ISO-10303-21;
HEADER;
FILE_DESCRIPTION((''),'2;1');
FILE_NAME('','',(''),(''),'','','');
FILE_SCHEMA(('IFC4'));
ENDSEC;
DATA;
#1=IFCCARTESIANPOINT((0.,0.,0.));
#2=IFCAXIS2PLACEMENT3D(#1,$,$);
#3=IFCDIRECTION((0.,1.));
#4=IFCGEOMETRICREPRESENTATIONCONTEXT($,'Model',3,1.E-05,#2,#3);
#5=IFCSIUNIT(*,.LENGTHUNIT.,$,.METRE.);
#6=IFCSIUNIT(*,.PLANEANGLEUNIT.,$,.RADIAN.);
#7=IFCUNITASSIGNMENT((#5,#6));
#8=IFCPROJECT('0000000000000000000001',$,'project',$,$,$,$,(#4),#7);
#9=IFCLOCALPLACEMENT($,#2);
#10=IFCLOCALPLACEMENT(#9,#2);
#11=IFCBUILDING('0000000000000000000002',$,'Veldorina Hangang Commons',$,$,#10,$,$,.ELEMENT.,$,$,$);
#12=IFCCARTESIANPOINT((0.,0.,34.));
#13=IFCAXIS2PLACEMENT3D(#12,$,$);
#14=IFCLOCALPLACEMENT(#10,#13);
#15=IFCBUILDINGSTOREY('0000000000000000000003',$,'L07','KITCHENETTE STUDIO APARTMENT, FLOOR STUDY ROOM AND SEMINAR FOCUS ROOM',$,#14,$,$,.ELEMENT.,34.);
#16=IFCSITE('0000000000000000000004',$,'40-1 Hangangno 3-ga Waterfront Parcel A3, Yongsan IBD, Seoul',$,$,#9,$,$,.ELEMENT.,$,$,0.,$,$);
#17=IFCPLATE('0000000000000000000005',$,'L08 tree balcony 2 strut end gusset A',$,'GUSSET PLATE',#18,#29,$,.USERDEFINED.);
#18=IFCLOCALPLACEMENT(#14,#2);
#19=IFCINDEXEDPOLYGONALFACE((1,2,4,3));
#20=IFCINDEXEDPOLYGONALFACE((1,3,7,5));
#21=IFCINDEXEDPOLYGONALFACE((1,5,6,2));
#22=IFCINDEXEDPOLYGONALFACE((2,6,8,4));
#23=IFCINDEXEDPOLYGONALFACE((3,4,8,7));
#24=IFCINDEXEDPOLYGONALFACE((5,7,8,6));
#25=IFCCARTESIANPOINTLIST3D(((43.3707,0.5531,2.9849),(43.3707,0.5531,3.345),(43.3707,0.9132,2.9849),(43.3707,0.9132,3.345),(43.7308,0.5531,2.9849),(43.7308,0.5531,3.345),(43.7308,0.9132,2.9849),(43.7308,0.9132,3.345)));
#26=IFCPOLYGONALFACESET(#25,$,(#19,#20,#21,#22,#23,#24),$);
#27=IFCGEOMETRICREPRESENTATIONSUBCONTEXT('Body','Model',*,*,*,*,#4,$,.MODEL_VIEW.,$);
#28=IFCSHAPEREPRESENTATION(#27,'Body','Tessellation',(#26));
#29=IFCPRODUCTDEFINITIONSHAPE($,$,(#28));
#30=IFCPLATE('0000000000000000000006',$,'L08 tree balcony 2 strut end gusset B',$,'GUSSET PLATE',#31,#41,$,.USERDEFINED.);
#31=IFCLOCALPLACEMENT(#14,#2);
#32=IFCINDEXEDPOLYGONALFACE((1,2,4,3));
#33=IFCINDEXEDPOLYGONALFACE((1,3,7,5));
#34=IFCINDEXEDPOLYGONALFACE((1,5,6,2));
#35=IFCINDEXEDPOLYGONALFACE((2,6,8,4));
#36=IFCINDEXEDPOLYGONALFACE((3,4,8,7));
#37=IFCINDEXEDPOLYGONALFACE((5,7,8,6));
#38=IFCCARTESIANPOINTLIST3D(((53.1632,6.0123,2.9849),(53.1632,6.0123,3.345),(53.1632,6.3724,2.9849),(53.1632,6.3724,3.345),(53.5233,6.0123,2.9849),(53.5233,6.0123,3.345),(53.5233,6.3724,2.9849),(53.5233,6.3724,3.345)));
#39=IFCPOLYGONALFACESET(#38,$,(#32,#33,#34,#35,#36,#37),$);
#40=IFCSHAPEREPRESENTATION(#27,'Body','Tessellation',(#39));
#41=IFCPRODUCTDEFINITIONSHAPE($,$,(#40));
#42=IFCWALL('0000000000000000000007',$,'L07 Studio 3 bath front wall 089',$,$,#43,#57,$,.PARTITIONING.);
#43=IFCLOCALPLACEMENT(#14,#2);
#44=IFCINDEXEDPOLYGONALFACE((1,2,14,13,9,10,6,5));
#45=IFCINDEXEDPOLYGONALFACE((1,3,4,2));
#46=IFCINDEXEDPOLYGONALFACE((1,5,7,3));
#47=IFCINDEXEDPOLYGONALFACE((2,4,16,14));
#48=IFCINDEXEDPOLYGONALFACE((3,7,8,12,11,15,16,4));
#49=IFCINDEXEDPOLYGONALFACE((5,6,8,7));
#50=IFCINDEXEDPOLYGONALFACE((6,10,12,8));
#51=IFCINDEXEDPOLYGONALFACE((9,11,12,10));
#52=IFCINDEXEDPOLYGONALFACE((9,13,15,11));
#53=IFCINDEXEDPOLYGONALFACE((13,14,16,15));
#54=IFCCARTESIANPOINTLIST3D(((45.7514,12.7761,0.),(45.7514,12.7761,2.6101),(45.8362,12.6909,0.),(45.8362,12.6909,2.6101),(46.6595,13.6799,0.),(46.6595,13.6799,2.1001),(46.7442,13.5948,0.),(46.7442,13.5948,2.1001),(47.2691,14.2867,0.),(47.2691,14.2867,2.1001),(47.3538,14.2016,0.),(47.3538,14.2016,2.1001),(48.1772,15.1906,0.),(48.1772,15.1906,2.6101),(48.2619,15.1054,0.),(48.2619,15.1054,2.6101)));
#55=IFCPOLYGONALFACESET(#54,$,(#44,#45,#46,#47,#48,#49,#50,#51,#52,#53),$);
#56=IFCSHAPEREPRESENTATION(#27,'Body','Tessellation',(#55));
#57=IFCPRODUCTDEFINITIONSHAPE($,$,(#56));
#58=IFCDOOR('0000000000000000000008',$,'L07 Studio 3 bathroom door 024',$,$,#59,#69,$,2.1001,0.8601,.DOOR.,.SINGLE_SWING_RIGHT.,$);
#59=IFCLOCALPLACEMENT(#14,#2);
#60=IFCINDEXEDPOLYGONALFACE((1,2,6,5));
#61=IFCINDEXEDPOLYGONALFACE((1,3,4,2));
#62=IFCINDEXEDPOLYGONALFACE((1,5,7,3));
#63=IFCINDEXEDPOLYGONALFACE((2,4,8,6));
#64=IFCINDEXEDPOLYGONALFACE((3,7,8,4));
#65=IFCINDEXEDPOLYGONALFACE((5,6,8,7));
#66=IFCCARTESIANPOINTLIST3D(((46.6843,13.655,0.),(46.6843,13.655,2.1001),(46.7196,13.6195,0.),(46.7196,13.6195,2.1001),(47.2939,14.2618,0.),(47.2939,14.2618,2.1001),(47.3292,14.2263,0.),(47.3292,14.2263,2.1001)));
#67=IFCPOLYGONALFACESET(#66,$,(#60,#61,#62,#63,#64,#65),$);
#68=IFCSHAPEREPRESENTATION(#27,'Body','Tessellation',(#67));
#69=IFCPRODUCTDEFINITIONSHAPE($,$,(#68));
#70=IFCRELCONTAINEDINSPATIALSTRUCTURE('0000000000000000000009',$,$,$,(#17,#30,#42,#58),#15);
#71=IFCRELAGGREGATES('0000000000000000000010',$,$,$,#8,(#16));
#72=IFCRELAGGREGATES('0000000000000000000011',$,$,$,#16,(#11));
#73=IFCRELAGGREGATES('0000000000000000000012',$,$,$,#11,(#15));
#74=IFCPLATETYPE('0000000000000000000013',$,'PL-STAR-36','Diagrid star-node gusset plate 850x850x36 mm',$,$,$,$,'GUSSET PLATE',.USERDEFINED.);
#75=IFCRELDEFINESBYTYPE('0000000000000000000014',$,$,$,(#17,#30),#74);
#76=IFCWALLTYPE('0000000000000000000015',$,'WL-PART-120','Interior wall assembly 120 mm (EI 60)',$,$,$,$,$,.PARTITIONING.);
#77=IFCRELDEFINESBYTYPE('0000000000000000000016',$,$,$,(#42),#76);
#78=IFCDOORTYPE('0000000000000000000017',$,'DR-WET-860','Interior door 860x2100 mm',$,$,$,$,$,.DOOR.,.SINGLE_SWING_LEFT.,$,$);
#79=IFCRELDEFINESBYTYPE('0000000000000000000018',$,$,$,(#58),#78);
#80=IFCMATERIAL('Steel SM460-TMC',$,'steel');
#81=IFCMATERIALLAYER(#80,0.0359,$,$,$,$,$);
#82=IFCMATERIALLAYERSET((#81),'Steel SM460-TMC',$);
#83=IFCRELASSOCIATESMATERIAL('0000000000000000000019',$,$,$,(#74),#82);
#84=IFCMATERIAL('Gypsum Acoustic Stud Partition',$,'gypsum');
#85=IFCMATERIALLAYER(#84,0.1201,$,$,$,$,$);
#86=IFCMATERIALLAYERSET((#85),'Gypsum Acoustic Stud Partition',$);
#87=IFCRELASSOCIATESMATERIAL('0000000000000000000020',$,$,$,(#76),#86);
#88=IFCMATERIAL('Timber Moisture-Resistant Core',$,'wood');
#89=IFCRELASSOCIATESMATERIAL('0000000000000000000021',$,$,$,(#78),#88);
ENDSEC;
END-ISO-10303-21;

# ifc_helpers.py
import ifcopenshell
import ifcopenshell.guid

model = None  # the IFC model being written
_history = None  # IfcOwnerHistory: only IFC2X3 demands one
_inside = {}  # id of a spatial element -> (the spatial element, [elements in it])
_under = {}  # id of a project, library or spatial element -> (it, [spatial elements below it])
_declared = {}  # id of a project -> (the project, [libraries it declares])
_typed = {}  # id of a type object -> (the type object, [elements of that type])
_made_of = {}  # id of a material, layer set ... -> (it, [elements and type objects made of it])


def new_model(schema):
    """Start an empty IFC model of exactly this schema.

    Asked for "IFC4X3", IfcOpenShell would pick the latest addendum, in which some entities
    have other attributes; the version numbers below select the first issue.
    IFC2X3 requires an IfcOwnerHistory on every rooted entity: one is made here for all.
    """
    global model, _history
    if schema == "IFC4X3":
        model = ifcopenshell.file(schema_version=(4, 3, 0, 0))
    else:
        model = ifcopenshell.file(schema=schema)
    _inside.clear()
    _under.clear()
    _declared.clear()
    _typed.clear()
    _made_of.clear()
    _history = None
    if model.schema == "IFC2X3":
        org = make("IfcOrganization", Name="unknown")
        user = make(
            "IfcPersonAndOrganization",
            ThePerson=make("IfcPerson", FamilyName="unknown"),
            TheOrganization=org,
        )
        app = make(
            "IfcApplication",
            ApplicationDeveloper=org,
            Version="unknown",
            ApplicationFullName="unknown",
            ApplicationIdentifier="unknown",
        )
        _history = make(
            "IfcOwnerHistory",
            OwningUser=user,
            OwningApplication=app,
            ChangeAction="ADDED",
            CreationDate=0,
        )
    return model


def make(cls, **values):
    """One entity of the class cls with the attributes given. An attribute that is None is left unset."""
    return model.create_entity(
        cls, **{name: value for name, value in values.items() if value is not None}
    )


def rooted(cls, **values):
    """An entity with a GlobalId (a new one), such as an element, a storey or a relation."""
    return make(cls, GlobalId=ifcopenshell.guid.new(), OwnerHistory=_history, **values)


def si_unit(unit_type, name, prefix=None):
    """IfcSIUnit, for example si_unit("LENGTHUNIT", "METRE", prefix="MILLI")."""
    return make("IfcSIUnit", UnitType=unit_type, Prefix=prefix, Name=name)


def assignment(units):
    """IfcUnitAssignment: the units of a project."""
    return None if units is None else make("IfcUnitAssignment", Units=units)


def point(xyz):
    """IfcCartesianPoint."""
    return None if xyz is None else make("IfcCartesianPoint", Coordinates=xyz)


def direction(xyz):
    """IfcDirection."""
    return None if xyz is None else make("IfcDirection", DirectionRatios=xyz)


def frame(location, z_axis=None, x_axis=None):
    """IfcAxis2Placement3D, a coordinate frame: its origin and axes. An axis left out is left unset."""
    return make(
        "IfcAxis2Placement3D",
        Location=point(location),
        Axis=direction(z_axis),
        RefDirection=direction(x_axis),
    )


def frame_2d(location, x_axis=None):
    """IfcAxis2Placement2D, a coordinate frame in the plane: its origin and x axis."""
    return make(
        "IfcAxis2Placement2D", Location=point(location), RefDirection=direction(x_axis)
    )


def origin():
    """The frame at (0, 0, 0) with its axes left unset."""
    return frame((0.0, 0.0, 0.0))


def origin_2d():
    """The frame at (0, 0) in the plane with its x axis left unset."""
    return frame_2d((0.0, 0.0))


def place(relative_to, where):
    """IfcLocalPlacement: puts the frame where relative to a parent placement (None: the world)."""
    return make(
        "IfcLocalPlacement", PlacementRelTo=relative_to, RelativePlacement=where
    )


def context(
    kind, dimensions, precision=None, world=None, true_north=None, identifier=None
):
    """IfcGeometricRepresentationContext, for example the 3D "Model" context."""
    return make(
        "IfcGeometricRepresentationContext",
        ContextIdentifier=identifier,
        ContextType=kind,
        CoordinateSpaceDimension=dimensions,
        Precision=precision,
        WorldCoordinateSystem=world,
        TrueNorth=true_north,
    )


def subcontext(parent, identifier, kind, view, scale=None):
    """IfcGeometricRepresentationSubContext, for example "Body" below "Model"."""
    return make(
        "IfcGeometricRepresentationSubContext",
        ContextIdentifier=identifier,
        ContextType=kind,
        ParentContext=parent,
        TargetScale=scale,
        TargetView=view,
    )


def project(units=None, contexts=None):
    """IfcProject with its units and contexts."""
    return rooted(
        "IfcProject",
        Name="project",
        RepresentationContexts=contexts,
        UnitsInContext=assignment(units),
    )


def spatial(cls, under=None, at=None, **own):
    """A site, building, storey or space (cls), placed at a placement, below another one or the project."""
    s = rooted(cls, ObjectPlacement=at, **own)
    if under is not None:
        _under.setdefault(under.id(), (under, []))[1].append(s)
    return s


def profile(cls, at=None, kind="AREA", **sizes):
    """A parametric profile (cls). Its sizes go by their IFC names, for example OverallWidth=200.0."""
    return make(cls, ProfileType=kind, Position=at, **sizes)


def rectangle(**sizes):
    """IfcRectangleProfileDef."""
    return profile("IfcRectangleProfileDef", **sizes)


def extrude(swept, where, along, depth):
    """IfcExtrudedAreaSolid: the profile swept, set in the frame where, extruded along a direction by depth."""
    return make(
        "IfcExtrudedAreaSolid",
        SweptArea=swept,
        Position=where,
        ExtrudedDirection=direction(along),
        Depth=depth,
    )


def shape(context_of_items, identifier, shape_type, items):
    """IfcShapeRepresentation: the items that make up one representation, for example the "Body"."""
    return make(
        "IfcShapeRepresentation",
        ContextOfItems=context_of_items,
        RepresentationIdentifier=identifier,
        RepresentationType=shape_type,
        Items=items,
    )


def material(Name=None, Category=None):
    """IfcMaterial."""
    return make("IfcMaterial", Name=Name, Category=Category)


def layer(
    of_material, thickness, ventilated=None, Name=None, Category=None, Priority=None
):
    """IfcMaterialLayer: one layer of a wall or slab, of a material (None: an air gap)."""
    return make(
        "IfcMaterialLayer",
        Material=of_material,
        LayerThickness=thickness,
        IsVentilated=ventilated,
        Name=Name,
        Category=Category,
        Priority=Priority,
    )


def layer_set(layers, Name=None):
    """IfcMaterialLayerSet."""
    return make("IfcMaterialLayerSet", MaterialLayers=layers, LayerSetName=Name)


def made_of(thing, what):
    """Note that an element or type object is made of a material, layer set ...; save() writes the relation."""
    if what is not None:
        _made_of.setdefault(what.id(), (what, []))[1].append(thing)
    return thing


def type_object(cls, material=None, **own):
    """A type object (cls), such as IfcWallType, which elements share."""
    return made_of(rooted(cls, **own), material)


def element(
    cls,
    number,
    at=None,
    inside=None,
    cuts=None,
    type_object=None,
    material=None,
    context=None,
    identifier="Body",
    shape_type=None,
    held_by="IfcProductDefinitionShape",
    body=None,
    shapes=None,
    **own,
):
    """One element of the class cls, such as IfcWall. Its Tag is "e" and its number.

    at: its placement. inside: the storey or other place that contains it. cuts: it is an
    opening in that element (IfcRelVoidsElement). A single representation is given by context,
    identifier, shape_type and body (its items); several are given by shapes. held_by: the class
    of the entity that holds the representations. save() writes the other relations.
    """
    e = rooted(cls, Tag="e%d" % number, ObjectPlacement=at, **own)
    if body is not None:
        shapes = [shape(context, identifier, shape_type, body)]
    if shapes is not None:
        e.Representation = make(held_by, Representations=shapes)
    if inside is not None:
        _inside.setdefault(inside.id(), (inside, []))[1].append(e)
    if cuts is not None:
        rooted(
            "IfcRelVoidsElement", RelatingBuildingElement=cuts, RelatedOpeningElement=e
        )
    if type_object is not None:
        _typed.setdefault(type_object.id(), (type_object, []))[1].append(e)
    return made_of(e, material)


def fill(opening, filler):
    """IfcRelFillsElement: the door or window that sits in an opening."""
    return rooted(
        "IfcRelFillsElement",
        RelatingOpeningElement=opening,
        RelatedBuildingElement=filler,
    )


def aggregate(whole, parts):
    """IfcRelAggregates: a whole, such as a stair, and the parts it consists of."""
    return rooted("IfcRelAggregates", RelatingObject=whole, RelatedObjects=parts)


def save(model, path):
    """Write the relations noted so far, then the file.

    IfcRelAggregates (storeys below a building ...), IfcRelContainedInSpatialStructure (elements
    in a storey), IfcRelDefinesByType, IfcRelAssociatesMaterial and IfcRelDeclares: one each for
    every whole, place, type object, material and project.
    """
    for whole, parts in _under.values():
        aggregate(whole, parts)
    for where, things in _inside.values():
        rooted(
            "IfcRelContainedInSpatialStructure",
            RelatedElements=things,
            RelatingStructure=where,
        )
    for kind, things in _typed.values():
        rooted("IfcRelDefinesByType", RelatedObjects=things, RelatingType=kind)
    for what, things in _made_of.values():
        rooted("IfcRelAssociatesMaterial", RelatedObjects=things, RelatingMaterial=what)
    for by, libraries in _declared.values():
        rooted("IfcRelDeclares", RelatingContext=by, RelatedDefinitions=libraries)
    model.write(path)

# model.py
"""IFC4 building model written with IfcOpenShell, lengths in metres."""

from ifc_helpers import new_model, si_unit, direction, frame, frame_2d, origin, origin_2d, place, context, subcontext, project, spatial, rectangle, extrude, material, layer, layer_set, type_object, element, fill, save


model = new_model("IFC4")

# Units and contexts
model_context = context("Model", 3, precision=1e-05, world=origin(), true_north=direction((0.0, 1.0)))
body_context = subcontext(model_context, "Body", "Model", "MODEL_VIEW")
ifc_project = project(units=[si_unit("LENGTHUNIT", "METRE"), si_unit("PLANEANGLEUNIT", "RADIAN")], contexts=[model_context])

# Site, building, storey
site_placement = place(None, origin())
site = spatial("IfcSite", under=ifc_project, at=site_placement, Name="40-1 Hangangno 3-ga Waterfront Parcel A3, Yongsan IBD, Seoul", CompositionType="ELEMENT", RefElevation=0.0)
building_placement = place(site_placement, origin())
building = spatial("IfcBuilding", under=site, at=building_placement, Name="Veldorina Hangang Commons", CompositionType="ELEMENT")
storey_placement = place(building_placement, frame((0.0, 0.0, 34.0)))
storey = spatial("IfcBuildingStorey", under=building, at=storey_placement, Name="L07", Description="KITCHENETTE STUDIO APARTMENT, FLOOR STUDY ROOM AND SEMINAR FOCUS ROOM", CompositionType="ELEMENT", Elevation=34.0)

# Shared definitions
ifc_material_1 = material(Name="Steel SM460-TMC", Category="steel")

# Plates
ifc_layer_1 = layer(ifc_material_1, 0.0359)
ifc_layer_set_1 = layer_set([ifc_layer_1], Name="Steel SM460-TMC")
plate_type_1 = type_object("IfcPlateType", Name="PL-STAR-36", Description="Diagrid star-node gusset plate 850x850x36 mm", ElementType="GUSSET PLATE", PredefinedType="USERDEFINED", material=ifc_layer_set_1)
for number, where, z_axis, x_axis, name in (
    (1, (43.5508, 0.7332, 2.9849), (0.0, 0.0, 1.0), (1.0, 0.0, 0.0), "L08 tree balcony 2 strut end gusset A"),
    (2, (53.3433, 6.1924, 2.9849), (0.0, 0.0, 1.0), (1.0, 0.0, 0.0), "L08 tree balcony 2 strut end gusset B"),
):
    element("IfcPlate", number, at=place(storey_placement, frame(where, z_axis=z_axis, x_axis=x_axis)), inside=storey, type_object=plate_type_1, Name=name, ObjectType="GUSSET PLATE", PredefinedType="USERDEFINED", context=body_context, shape_type="SweptSolid", body=[
        extrude(rectangle(XDim=0.3601, YDim=0.3601, at=origin_2d()), origin(), (0.0, 0.0, 1.0), 0.3601),
    ])

# Wall, opening, door
ifc_material_2 = material(Name="Gypsum Acoustic Stud Partition", Category="gypsum")
ifc_layer_2 = layer(ifc_material_2, 0.1201)
ifc_layer_set_2 = layer_set([ifc_layer_2], Name="Gypsum Acoustic Stud Partition")
wall_type = type_object("IfcWallType", Name="WL-PART-120", Description="Interior wall assembly 120 mm (EI 60)", PredefinedType="PARTITIONING", material=ifc_layer_set_2)
wall_placement = place(storey_placement, frame((45.7937, 12.7334, 0.0), z_axis=(0.0, 0.0, 1.0), x_axis=(0.708745, 0.705464, 0.0)))
wall = element("IfcWall", 3, at=wall_placement, inside=storey, type_object=wall_type, Name="L07 Studio 3 bath front wall 089", PredefinedType="PARTITIONING", context=body_context, shape_type="SweptSolid", body=[
    extrude(rectangle(XDim=3.4226, YDim=0.1201, at=frame_2d((1.7114, 0.0))), origin(), (0.0, 0.0, 1.0), 2.6101),
])
opening_placement = place(wall_placement, frame((1.2812, 0.0, 0.0)))
opening = element("IfcOpeningElement", 4, at=opening_placement, cuts=wall, PredefinedType="OPENING", context=body_context, shape_type="SweptSolid", body=[
    extrude(rectangle(XDim=0.8601, YDim=2.1001, at=frame_2d((0.4302, 1.05))), frame((0.0, 0.0701, 0.0), z_axis=(0.0, -1.0, 0.0), x_axis=(1.0, 0.0, 0.0)), (0.0, 0.0, 1.0), 0.1401),
])
ifc_material_3 = material(Name="Timber Moisture-Resistant Core", Category="wood")
door_type = type_object("IfcDoorType", Name="DR-WET-860", Description="Interior door 860x2100 mm", OperationType="SINGLE_SWING_LEFT", PredefinedType="DOOR", material=ifc_material_3)
door_placement = place(opening_placement, origin())
door = element("IfcDoor", 5, at=door_placement, inside=storey, type_object=door_type, Name="L07 Studio 3 bathroom door 024", OperationType="SINGLE_SWING_RIGHT", OverallHeight=2.1001, OverallWidth=0.8601, PredefinedType="DOOR", context=body_context, shape_type="SweptSolid", body=[
    extrude(rectangle(XDim=0.8601, YDim=2.1001, at=frame_2d((0.4302, 1.05))), frame((0.0, 0.0249, 0.0), z_axis=(0.0, -1.0, 0.0), x_axis=(1.0, 0.0, 0.0)), (0.0, 0.0, 1.0), 0.05),
])
fill(opening, door)

save(model, "model.ifc")
